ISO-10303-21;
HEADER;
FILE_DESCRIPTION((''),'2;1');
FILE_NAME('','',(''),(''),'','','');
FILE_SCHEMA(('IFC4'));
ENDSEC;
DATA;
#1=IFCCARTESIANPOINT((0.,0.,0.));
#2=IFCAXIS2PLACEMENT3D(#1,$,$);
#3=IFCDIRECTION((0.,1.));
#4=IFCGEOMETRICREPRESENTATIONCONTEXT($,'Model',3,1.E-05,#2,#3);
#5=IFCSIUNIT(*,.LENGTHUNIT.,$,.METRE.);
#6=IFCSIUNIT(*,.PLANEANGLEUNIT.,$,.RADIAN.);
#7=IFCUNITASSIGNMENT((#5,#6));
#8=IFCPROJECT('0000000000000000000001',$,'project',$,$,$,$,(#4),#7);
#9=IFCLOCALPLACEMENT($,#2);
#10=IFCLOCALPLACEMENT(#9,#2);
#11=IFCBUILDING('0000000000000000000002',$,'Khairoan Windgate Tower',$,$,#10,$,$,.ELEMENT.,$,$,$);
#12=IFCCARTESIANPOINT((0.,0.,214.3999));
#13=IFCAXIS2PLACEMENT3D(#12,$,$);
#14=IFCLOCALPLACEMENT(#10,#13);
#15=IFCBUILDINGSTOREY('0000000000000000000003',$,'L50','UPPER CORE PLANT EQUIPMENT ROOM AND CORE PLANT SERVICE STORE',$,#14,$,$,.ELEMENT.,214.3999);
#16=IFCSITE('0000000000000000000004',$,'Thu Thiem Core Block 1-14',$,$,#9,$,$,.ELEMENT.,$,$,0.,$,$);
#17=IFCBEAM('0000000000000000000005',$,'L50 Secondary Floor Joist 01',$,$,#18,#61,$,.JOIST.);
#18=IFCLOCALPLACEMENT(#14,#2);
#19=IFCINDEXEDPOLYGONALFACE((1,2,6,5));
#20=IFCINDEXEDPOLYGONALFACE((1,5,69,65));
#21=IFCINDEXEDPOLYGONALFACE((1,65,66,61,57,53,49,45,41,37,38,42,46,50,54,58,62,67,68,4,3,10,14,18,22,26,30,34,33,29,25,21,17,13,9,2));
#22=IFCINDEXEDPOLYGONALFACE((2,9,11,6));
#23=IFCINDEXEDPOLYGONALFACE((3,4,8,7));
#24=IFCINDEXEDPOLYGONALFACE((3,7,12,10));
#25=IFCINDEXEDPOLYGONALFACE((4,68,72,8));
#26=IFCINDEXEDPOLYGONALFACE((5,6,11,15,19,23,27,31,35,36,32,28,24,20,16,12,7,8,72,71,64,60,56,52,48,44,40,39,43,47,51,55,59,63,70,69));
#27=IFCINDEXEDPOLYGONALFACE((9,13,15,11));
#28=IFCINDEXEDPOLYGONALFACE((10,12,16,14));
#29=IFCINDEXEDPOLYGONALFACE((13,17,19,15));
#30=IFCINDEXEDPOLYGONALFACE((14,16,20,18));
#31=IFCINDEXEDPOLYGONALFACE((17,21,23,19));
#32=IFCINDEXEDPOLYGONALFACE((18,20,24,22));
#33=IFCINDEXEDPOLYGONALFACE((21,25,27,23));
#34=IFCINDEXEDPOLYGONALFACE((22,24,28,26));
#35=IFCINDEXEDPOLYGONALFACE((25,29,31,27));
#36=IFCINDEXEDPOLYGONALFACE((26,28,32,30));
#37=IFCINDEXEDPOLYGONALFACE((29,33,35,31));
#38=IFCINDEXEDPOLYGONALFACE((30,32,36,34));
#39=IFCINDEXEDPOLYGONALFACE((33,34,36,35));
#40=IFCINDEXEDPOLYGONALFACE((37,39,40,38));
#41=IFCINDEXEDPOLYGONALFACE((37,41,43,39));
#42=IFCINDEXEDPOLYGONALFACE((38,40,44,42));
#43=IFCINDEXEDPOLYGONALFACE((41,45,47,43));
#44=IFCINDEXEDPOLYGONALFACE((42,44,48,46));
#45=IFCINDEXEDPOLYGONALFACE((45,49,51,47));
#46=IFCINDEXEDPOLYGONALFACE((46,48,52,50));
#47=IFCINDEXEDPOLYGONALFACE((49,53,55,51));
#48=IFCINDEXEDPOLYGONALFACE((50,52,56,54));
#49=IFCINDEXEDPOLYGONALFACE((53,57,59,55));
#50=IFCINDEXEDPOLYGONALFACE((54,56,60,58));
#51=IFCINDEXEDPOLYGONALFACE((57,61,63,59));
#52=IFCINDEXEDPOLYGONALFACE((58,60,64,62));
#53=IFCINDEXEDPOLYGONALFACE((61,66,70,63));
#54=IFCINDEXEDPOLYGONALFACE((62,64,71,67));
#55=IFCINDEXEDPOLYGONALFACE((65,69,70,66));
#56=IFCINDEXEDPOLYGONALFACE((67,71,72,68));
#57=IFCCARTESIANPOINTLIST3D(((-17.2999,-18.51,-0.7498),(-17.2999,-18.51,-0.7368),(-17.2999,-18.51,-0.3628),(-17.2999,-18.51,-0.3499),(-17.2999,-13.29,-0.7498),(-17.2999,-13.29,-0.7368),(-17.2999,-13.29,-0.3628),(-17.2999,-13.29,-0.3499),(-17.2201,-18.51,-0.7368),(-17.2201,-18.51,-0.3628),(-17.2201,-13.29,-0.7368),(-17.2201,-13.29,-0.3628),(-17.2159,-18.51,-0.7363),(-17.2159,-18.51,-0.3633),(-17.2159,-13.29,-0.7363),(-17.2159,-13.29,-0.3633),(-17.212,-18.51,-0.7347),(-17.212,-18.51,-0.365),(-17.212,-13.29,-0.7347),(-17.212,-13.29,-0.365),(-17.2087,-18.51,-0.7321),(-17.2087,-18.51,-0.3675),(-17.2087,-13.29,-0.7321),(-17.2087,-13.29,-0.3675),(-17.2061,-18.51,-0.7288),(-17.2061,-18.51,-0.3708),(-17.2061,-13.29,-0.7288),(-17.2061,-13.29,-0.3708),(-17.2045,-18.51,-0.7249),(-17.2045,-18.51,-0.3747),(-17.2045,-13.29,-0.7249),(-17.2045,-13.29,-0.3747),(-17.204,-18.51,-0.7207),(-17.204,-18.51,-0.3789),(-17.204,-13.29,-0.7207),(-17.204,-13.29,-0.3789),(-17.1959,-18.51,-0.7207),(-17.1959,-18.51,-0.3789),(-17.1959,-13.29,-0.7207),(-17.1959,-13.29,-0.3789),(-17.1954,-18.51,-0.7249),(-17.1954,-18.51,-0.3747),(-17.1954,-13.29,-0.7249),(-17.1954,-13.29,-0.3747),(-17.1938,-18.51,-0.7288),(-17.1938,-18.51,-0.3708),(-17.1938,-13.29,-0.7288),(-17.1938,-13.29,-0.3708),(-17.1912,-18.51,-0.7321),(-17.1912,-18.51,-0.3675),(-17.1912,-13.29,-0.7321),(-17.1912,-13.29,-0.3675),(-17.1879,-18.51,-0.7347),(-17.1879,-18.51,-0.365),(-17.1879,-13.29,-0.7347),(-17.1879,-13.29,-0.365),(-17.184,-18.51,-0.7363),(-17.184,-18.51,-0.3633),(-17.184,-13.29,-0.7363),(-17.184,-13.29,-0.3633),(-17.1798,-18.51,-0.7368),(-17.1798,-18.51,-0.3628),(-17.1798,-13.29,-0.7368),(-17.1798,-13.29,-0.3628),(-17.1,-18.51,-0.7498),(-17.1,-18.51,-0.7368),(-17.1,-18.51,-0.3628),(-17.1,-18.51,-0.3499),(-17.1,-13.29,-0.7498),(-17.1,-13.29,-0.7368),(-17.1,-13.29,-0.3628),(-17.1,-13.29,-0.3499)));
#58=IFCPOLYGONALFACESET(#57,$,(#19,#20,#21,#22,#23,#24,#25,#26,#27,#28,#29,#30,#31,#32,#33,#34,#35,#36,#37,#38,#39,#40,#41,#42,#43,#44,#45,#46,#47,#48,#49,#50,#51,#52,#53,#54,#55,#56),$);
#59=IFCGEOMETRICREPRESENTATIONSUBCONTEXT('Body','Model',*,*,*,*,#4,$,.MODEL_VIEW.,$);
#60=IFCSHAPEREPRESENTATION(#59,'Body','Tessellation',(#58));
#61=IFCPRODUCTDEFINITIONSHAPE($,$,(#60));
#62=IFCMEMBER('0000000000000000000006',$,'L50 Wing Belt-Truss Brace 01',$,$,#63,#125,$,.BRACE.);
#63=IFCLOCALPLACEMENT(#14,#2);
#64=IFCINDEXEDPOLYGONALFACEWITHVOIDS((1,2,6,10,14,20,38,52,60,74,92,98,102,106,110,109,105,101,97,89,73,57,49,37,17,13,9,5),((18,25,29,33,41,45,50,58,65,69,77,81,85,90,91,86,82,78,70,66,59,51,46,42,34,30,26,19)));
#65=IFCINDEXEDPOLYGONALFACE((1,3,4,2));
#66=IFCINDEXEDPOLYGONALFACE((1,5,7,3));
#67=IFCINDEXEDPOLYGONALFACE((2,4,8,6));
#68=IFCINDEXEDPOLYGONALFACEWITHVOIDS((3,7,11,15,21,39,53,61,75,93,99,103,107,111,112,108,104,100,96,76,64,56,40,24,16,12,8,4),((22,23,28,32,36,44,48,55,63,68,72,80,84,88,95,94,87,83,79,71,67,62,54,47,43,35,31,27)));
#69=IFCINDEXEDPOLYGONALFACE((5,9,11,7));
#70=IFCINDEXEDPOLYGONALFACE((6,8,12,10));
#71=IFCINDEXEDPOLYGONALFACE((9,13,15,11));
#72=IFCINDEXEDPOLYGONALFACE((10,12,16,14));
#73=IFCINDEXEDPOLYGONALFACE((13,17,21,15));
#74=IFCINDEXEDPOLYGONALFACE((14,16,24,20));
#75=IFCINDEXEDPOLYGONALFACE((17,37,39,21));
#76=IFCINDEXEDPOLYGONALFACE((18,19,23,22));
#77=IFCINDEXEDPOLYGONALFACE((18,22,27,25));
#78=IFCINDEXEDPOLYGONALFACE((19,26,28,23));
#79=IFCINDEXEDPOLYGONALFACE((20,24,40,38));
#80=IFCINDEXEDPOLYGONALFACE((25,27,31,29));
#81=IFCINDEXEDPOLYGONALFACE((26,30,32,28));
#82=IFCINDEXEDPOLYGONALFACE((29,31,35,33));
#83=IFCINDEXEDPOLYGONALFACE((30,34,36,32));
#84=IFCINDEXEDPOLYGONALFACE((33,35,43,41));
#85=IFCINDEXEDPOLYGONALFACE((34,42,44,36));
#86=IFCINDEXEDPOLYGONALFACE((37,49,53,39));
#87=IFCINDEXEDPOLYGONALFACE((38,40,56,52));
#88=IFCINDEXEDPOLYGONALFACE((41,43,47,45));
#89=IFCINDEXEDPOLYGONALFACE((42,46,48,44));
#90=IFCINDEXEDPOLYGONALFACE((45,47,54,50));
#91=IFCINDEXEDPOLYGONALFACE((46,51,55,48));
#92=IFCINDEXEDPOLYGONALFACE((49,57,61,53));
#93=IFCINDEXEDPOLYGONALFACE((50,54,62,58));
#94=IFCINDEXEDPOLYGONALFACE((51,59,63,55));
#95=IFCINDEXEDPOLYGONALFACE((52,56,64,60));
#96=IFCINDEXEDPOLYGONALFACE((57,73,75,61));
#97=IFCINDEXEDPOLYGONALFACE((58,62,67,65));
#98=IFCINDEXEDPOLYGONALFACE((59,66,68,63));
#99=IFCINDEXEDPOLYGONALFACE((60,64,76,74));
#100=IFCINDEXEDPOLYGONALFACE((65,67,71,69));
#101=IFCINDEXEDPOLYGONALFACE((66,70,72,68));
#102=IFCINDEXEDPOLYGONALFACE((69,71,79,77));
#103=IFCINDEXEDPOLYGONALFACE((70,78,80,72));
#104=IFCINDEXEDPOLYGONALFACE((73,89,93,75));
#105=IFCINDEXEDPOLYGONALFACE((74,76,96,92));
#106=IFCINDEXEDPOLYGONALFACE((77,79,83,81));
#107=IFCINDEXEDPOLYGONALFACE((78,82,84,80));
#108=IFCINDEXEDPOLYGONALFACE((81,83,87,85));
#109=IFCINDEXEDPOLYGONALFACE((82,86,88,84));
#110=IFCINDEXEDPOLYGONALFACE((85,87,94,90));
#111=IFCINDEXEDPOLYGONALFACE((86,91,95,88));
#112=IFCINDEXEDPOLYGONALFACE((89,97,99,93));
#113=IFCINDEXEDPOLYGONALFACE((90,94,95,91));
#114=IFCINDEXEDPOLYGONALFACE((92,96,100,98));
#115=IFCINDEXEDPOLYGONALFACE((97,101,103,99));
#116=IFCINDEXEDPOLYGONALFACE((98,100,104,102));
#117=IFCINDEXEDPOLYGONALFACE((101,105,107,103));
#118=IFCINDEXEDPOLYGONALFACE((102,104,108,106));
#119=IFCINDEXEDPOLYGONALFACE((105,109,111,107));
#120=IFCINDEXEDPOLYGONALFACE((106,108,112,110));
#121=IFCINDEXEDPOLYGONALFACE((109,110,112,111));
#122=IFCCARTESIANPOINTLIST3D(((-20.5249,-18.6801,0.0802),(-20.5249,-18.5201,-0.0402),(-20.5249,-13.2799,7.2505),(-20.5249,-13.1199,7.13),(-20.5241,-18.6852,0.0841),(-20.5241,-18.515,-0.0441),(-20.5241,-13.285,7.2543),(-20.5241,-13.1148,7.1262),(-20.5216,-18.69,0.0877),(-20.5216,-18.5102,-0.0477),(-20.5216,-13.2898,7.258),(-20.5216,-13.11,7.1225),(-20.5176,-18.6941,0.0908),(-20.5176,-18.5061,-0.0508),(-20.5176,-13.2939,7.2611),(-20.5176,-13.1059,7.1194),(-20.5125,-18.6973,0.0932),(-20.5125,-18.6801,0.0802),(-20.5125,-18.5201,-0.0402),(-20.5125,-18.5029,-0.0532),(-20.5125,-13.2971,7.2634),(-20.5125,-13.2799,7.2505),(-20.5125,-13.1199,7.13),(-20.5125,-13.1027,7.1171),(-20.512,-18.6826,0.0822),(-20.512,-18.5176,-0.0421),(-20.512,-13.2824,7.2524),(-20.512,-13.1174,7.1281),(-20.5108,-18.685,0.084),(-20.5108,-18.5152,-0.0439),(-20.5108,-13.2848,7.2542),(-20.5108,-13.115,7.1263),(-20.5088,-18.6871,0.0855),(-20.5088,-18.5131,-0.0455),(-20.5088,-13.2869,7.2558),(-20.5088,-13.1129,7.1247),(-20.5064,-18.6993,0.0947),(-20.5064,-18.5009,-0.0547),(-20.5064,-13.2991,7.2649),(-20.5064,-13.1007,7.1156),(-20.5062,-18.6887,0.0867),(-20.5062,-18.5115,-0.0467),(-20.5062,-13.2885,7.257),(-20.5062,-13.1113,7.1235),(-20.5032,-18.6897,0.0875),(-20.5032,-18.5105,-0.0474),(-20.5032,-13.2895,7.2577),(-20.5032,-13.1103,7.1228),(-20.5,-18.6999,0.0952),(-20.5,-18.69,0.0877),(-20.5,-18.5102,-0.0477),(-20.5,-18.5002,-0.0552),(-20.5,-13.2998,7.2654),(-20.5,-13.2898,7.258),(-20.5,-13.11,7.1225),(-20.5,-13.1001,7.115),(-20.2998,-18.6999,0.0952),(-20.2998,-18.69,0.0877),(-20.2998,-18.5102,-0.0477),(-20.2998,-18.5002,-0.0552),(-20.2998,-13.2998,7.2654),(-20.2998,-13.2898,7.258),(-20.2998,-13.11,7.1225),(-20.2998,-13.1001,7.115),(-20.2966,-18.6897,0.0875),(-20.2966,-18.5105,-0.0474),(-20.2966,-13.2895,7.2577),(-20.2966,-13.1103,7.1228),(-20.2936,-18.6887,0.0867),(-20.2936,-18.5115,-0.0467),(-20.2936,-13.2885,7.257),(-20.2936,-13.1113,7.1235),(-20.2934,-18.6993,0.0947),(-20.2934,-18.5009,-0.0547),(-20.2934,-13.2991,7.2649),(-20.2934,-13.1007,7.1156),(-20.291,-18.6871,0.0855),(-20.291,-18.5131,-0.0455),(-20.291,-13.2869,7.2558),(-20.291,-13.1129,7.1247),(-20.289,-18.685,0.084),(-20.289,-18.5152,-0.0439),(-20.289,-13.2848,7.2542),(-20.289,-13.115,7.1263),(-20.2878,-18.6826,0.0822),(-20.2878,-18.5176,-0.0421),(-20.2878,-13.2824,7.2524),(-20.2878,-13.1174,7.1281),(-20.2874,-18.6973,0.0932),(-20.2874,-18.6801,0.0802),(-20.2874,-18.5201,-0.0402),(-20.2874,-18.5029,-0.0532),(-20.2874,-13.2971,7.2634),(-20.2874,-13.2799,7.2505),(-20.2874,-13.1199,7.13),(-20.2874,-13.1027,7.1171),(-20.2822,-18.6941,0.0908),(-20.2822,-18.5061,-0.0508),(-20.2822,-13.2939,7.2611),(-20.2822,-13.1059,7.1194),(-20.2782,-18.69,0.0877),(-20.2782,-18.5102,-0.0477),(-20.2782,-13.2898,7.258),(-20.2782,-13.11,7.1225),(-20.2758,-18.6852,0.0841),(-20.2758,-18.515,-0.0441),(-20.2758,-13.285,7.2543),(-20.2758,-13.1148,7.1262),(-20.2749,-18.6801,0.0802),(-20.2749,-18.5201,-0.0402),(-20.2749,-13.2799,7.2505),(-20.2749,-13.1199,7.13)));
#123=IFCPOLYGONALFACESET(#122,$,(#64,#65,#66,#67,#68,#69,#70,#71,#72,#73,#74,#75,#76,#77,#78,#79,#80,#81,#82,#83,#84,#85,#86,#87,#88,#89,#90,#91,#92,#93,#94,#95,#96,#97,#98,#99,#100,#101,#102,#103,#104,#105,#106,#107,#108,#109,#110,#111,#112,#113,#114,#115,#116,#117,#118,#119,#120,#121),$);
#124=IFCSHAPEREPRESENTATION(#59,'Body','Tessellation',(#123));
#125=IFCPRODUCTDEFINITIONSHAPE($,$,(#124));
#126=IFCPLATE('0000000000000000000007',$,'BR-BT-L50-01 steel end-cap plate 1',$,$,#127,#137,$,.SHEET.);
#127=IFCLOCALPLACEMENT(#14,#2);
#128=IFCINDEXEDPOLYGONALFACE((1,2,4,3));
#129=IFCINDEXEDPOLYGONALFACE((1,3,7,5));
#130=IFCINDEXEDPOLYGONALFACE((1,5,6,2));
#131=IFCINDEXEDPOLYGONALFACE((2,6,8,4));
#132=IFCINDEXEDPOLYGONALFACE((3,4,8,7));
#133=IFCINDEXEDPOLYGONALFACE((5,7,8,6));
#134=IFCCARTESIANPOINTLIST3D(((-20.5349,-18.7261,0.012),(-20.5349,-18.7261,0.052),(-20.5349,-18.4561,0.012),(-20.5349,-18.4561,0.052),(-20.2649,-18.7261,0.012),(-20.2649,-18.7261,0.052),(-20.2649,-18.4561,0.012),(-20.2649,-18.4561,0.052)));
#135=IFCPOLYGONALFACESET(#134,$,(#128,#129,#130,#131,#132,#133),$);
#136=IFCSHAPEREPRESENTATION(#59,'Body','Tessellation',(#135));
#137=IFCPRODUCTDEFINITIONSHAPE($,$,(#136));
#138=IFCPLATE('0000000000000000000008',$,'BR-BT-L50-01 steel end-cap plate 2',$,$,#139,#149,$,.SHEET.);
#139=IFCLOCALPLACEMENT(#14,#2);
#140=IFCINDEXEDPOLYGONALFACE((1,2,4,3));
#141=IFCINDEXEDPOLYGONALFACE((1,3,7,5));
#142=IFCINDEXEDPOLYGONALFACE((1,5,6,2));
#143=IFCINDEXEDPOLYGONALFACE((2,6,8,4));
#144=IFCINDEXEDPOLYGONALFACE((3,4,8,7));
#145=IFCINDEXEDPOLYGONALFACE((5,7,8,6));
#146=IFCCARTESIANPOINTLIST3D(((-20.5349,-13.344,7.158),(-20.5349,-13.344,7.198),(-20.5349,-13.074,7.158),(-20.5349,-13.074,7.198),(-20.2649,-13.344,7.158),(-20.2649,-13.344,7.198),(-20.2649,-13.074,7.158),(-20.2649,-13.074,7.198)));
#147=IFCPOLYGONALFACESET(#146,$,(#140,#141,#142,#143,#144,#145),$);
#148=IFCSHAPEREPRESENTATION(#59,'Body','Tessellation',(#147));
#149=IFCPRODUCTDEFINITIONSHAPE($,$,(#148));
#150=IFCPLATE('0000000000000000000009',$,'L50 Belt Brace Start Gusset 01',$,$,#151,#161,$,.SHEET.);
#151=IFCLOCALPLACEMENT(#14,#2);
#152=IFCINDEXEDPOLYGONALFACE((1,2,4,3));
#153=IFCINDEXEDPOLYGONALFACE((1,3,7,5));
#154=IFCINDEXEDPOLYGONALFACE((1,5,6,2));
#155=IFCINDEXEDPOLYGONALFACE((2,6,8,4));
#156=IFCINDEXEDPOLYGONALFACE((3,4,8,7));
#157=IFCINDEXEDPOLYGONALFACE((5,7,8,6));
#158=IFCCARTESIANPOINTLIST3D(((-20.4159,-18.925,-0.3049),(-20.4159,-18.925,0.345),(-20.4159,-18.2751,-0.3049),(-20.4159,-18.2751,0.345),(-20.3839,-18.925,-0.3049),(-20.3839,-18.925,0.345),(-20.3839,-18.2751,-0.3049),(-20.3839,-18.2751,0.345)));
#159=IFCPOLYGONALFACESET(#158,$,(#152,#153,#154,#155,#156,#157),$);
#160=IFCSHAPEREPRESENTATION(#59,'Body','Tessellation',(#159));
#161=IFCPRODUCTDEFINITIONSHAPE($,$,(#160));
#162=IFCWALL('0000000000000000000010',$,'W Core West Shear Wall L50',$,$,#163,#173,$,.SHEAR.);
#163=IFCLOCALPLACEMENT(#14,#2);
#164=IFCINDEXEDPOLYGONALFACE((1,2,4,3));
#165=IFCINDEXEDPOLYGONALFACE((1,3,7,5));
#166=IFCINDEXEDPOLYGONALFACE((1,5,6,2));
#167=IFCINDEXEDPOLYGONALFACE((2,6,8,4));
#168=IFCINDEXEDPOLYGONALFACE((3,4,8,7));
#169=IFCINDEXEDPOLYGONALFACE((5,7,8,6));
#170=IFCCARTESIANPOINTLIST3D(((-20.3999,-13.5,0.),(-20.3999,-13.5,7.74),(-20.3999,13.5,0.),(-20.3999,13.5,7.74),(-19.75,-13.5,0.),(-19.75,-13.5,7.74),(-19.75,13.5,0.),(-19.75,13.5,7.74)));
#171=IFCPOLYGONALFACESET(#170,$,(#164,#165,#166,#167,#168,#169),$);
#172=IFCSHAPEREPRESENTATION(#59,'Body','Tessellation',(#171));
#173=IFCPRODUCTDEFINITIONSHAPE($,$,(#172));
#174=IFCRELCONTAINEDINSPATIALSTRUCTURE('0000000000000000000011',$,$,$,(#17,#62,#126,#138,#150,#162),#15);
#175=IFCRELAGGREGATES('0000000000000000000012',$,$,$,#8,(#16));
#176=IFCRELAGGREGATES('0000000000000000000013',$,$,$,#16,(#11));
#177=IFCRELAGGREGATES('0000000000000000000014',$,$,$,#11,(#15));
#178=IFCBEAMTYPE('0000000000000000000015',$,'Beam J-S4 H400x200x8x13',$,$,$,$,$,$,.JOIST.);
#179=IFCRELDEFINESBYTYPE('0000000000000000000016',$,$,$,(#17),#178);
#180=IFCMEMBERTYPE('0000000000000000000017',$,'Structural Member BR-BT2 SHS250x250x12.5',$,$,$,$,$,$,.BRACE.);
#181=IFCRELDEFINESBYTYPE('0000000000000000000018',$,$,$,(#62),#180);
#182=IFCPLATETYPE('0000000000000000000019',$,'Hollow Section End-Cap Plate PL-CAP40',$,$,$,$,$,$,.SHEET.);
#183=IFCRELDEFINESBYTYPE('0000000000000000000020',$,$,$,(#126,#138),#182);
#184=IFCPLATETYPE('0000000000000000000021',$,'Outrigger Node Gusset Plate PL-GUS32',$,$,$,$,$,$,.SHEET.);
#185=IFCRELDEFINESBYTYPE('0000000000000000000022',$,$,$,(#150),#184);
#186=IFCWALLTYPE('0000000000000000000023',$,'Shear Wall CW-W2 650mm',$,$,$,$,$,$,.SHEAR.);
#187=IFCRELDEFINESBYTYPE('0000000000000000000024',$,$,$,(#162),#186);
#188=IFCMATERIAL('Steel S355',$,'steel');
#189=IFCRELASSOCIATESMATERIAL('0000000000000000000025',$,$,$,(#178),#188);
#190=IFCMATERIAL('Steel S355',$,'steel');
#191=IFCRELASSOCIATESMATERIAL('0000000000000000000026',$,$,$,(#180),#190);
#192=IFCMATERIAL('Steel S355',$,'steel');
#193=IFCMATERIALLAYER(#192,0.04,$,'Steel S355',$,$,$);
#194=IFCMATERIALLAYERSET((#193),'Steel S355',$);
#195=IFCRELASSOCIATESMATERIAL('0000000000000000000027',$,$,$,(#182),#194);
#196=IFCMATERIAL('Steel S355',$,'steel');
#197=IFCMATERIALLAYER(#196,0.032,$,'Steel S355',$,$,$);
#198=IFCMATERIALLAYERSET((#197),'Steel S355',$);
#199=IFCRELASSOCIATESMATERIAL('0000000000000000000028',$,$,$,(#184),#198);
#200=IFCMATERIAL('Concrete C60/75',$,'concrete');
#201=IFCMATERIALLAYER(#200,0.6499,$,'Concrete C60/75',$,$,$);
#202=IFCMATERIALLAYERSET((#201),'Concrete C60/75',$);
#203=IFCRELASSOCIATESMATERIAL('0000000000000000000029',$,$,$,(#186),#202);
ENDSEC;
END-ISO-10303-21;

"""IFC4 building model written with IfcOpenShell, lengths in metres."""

from ifc_helpers import new_model, si_unit, direction, frame, frame_2d, origin, origin_2d, place, context, subcontext, project, spatial, rectangle, hollow_rectangle, i_section, extrude, material, layer, layer_set, material_profile, profile_set, type_object, element, save


model = new_model("IFC4")

# Units and contexts
model_context = context("Model", 3, precision=1e-05, world=origin(), true_north=direction((0.0, 1.0)))
body_context = subcontext(model_context, "Body", "Model", "MODEL_VIEW")
ifc_project = project(units=[si_unit("LENGTHUNIT", "METRE"), si_unit("PLANEANGLEUNIT", "RADIAN")], contexts=[model_context])

# Site, building, storey
site_placement = place(None, origin())
site = spatial("IfcSite", under=ifc_project, at=site_placement, Name="Thu Thiem Core Block 1-14", CompositionType="ELEMENT", RefElevation=0.0)
building_placement = place(site_placement, origin())
building = spatial("IfcBuilding", under=site, at=building_placement, Name="Khairoan Windgate Tower", CompositionType="ELEMENT")
storey_placement = place(building_placement, frame((0.0, 0.0, 214.3999)))
storey = spatial("IfcBuildingStorey", under=building, at=storey_placement, Name="L50", Description="UPPER CORE PLANT EQUIPMENT ROOM AND CORE PLANT SERVICE STORE", CompositionType="ELEMENT", Elevation=214.3999)

# Beam
ifc_material_1 = material(Name="Steel S355", Category="steel")
ifc_material_profile_1 = material_profile(ifc_material_1, i_section(OverallWidth=0.2, OverallDepth=0.3999, WebThickness=0.0081, FlangeThickness=0.0129, FilletRadius=0.0161, at=origin_2d()))
ifc_profile_set_1 = profile_set([ifc_material_profile_1], Name="Steel S355")
beam_type_1 = type_object("IfcBeamType", Name="Beam J-S4 H400x200x8x13", PredefinedType="JOIST", material=ifc_profile_set_1)
beam_1_placement = place(storey_placement, frame((-17.2, -18.51, -0.5498), z_axis=(0.0, 1.0, 0.0), x_axis=(-1.0, 0.0, 0.0)))
element("IfcBeam", 1, at=beam_1_placement, inside=storey, type_object=beam_type_1, Name="L50 Secondary Floor Joist 01", PredefinedType="JOIST", context=body_context, shape_type="SweptSolid", body=[
    extrude(i_section(OverallWidth=0.2, OverallDepth=0.3999, WebThickness=0.0081, FlangeThickness=0.0129, FilletRadius=0.0161, at=origin_2d()), origin(), (0.0, 0.0, 1.0), 5.22),
])

# Member
ifc_material_2 = material(Name="Steel S355", Category="steel")
ifc_material_profile_2 = material_profile(ifc_material_2, hollow_rectangle(XDim=0.25, YDim=0.25, WallThickness=0.0125, InnerFilletRadius=0.0125, OuterFilletRadius=0.0249, at=origin_2d()))
ifc_profile_set_2 = profile_set([ifc_material_profile_2], Name="Steel S355")
member_type = type_object("IfcMemberType", Name="Structural Member BR-BT2 SHS250x250x12.5", PredefinedType="BRACE", material=ifc_profile_set_2)
member_placement = place(storey_placement, frame((-20.3999, -18.6001, 0.02), z_axis=(0.0, 0.601605, 0.798794), x_axis=(0.0, -0.798794, 0.601605)))
element("IfcMember", 2, at=member_placement, inside=storey, type_object=member_type, Name="L50 Wing Belt-Truss Brace 01", PredefinedType="BRACE", context=body_context, shape_type="SweptSolid", body=[
    extrude(hollow_rectangle(XDim=0.25, YDim=0.25, WallThickness=0.0125, InnerFilletRadius=0.0125, OuterFilletRadius=0.0249, at=origin_2d()), origin(), (0.0, 0.0, 1.0), 8.9763),
])

# Plates
ifc_material_3 = material(Name="Steel S355", Category="steel")
ifc_layer_1 = layer(ifc_material_3, 0.04, Name="Steel S355")
ifc_layer_set_1 = layer_set([ifc_layer_1], Name="Steel S355")
plate_type_1 = type_object("IfcPlateType", Name="Hollow Section End-Cap Plate PL-CAP40", PredefinedType="SHEET", material=ifc_layer_set_1)
for number, where, z_axis, x_axis, name in (
    (3, (-20.3999, -18.5911, 0.012), (0.0, 0.0, 1.0), (0.0, 1.0, 0.0), "BR-BT-L50-01 steel end-cap plate 1"),
    (4, (-20.3999, -13.209, 7.158), (0.0, 0.0, 1.0), (0.0, 1.0, 0.0), "BR-BT-L50-01 steel end-cap plate 2"),
):
    element("IfcPlate", number, at=place(storey_placement, frame(where, z_axis=z_axis, x_axis=x_axis)), inside=storey, type_object=plate_type_1, Name=name, PredefinedType="SHEET", context=body_context, shape_type="SweptSolid", body=[
        extrude(rectangle(XDim=0.27, YDim=0.27, at=origin_2d()), origin(), (0.0, 0.0, 1.0), 0.04),
    ])
ifc_material_4 = material(Name="Steel S355", Category="steel")
ifc_layer_2 = layer(ifc_material_4, 0.032, Name="Steel S355")
ifc_layer_set_2 = layer_set([ifc_layer_2], Name="Steel S355")
plate_type_2 = type_object("IfcPlateType", Name="Outrigger Node Gusset Plate PL-GUS32", PredefinedType="SHEET", material=ifc_layer_set_2)
plate_placement = place(storey_placement, frame((-20.3999, -18.6001, -0.3049), z_axis=(0.0, 0.0, 1.0), x_axis=(1.0, 0.0, 0.0)))
element("IfcPlate", 5, at=plate_placement, inside=storey, type_object=plate_type_2, Name="L50 Belt Brace Start Gusset 01", PredefinedType="SHEET", context=body_context, shape_type="SweptSolid", body=[
    extrude(rectangle(XDim=0.032, YDim=0.6499, at=origin_2d()), origin(), (0.0, 0.0, 1.0), 0.6499),
])

# Wall
ifc_material_5 = material(Name="Concrete C60/75", Category="concrete")
ifc_layer_3 = layer(ifc_material_5, 0.6499, Name="Concrete C60/75")
ifc_layer_set_3 = layer_set([ifc_layer_3], Name="Concrete C60/75")
wall_type = type_object("IfcWallType", Name="Shear Wall CW-W2 650mm", PredefinedType="SHEAR", material=ifc_layer_set_3)
wall_placement = place(storey_placement, frame((-20.075, -13.5, 0.0), z_axis=(0.0, 0.0, 1.0), x_axis=(0.0, 1.0, 0.0)))
element("IfcWall", 6, at=wall_placement, inside=storey, type_object=wall_type, Name="W Core West Shear Wall L50", PredefinedType="SHEAR", context=body_context, shape_type="SweptSolid", body=[
    extrude(rectangle(XDim=27.0, YDim=0.6499, at=frame_2d((13.5, 0.0))), origin(), (0.0, 0.0, 1.0), 7.74),
])

save(model, "model.ifc")
